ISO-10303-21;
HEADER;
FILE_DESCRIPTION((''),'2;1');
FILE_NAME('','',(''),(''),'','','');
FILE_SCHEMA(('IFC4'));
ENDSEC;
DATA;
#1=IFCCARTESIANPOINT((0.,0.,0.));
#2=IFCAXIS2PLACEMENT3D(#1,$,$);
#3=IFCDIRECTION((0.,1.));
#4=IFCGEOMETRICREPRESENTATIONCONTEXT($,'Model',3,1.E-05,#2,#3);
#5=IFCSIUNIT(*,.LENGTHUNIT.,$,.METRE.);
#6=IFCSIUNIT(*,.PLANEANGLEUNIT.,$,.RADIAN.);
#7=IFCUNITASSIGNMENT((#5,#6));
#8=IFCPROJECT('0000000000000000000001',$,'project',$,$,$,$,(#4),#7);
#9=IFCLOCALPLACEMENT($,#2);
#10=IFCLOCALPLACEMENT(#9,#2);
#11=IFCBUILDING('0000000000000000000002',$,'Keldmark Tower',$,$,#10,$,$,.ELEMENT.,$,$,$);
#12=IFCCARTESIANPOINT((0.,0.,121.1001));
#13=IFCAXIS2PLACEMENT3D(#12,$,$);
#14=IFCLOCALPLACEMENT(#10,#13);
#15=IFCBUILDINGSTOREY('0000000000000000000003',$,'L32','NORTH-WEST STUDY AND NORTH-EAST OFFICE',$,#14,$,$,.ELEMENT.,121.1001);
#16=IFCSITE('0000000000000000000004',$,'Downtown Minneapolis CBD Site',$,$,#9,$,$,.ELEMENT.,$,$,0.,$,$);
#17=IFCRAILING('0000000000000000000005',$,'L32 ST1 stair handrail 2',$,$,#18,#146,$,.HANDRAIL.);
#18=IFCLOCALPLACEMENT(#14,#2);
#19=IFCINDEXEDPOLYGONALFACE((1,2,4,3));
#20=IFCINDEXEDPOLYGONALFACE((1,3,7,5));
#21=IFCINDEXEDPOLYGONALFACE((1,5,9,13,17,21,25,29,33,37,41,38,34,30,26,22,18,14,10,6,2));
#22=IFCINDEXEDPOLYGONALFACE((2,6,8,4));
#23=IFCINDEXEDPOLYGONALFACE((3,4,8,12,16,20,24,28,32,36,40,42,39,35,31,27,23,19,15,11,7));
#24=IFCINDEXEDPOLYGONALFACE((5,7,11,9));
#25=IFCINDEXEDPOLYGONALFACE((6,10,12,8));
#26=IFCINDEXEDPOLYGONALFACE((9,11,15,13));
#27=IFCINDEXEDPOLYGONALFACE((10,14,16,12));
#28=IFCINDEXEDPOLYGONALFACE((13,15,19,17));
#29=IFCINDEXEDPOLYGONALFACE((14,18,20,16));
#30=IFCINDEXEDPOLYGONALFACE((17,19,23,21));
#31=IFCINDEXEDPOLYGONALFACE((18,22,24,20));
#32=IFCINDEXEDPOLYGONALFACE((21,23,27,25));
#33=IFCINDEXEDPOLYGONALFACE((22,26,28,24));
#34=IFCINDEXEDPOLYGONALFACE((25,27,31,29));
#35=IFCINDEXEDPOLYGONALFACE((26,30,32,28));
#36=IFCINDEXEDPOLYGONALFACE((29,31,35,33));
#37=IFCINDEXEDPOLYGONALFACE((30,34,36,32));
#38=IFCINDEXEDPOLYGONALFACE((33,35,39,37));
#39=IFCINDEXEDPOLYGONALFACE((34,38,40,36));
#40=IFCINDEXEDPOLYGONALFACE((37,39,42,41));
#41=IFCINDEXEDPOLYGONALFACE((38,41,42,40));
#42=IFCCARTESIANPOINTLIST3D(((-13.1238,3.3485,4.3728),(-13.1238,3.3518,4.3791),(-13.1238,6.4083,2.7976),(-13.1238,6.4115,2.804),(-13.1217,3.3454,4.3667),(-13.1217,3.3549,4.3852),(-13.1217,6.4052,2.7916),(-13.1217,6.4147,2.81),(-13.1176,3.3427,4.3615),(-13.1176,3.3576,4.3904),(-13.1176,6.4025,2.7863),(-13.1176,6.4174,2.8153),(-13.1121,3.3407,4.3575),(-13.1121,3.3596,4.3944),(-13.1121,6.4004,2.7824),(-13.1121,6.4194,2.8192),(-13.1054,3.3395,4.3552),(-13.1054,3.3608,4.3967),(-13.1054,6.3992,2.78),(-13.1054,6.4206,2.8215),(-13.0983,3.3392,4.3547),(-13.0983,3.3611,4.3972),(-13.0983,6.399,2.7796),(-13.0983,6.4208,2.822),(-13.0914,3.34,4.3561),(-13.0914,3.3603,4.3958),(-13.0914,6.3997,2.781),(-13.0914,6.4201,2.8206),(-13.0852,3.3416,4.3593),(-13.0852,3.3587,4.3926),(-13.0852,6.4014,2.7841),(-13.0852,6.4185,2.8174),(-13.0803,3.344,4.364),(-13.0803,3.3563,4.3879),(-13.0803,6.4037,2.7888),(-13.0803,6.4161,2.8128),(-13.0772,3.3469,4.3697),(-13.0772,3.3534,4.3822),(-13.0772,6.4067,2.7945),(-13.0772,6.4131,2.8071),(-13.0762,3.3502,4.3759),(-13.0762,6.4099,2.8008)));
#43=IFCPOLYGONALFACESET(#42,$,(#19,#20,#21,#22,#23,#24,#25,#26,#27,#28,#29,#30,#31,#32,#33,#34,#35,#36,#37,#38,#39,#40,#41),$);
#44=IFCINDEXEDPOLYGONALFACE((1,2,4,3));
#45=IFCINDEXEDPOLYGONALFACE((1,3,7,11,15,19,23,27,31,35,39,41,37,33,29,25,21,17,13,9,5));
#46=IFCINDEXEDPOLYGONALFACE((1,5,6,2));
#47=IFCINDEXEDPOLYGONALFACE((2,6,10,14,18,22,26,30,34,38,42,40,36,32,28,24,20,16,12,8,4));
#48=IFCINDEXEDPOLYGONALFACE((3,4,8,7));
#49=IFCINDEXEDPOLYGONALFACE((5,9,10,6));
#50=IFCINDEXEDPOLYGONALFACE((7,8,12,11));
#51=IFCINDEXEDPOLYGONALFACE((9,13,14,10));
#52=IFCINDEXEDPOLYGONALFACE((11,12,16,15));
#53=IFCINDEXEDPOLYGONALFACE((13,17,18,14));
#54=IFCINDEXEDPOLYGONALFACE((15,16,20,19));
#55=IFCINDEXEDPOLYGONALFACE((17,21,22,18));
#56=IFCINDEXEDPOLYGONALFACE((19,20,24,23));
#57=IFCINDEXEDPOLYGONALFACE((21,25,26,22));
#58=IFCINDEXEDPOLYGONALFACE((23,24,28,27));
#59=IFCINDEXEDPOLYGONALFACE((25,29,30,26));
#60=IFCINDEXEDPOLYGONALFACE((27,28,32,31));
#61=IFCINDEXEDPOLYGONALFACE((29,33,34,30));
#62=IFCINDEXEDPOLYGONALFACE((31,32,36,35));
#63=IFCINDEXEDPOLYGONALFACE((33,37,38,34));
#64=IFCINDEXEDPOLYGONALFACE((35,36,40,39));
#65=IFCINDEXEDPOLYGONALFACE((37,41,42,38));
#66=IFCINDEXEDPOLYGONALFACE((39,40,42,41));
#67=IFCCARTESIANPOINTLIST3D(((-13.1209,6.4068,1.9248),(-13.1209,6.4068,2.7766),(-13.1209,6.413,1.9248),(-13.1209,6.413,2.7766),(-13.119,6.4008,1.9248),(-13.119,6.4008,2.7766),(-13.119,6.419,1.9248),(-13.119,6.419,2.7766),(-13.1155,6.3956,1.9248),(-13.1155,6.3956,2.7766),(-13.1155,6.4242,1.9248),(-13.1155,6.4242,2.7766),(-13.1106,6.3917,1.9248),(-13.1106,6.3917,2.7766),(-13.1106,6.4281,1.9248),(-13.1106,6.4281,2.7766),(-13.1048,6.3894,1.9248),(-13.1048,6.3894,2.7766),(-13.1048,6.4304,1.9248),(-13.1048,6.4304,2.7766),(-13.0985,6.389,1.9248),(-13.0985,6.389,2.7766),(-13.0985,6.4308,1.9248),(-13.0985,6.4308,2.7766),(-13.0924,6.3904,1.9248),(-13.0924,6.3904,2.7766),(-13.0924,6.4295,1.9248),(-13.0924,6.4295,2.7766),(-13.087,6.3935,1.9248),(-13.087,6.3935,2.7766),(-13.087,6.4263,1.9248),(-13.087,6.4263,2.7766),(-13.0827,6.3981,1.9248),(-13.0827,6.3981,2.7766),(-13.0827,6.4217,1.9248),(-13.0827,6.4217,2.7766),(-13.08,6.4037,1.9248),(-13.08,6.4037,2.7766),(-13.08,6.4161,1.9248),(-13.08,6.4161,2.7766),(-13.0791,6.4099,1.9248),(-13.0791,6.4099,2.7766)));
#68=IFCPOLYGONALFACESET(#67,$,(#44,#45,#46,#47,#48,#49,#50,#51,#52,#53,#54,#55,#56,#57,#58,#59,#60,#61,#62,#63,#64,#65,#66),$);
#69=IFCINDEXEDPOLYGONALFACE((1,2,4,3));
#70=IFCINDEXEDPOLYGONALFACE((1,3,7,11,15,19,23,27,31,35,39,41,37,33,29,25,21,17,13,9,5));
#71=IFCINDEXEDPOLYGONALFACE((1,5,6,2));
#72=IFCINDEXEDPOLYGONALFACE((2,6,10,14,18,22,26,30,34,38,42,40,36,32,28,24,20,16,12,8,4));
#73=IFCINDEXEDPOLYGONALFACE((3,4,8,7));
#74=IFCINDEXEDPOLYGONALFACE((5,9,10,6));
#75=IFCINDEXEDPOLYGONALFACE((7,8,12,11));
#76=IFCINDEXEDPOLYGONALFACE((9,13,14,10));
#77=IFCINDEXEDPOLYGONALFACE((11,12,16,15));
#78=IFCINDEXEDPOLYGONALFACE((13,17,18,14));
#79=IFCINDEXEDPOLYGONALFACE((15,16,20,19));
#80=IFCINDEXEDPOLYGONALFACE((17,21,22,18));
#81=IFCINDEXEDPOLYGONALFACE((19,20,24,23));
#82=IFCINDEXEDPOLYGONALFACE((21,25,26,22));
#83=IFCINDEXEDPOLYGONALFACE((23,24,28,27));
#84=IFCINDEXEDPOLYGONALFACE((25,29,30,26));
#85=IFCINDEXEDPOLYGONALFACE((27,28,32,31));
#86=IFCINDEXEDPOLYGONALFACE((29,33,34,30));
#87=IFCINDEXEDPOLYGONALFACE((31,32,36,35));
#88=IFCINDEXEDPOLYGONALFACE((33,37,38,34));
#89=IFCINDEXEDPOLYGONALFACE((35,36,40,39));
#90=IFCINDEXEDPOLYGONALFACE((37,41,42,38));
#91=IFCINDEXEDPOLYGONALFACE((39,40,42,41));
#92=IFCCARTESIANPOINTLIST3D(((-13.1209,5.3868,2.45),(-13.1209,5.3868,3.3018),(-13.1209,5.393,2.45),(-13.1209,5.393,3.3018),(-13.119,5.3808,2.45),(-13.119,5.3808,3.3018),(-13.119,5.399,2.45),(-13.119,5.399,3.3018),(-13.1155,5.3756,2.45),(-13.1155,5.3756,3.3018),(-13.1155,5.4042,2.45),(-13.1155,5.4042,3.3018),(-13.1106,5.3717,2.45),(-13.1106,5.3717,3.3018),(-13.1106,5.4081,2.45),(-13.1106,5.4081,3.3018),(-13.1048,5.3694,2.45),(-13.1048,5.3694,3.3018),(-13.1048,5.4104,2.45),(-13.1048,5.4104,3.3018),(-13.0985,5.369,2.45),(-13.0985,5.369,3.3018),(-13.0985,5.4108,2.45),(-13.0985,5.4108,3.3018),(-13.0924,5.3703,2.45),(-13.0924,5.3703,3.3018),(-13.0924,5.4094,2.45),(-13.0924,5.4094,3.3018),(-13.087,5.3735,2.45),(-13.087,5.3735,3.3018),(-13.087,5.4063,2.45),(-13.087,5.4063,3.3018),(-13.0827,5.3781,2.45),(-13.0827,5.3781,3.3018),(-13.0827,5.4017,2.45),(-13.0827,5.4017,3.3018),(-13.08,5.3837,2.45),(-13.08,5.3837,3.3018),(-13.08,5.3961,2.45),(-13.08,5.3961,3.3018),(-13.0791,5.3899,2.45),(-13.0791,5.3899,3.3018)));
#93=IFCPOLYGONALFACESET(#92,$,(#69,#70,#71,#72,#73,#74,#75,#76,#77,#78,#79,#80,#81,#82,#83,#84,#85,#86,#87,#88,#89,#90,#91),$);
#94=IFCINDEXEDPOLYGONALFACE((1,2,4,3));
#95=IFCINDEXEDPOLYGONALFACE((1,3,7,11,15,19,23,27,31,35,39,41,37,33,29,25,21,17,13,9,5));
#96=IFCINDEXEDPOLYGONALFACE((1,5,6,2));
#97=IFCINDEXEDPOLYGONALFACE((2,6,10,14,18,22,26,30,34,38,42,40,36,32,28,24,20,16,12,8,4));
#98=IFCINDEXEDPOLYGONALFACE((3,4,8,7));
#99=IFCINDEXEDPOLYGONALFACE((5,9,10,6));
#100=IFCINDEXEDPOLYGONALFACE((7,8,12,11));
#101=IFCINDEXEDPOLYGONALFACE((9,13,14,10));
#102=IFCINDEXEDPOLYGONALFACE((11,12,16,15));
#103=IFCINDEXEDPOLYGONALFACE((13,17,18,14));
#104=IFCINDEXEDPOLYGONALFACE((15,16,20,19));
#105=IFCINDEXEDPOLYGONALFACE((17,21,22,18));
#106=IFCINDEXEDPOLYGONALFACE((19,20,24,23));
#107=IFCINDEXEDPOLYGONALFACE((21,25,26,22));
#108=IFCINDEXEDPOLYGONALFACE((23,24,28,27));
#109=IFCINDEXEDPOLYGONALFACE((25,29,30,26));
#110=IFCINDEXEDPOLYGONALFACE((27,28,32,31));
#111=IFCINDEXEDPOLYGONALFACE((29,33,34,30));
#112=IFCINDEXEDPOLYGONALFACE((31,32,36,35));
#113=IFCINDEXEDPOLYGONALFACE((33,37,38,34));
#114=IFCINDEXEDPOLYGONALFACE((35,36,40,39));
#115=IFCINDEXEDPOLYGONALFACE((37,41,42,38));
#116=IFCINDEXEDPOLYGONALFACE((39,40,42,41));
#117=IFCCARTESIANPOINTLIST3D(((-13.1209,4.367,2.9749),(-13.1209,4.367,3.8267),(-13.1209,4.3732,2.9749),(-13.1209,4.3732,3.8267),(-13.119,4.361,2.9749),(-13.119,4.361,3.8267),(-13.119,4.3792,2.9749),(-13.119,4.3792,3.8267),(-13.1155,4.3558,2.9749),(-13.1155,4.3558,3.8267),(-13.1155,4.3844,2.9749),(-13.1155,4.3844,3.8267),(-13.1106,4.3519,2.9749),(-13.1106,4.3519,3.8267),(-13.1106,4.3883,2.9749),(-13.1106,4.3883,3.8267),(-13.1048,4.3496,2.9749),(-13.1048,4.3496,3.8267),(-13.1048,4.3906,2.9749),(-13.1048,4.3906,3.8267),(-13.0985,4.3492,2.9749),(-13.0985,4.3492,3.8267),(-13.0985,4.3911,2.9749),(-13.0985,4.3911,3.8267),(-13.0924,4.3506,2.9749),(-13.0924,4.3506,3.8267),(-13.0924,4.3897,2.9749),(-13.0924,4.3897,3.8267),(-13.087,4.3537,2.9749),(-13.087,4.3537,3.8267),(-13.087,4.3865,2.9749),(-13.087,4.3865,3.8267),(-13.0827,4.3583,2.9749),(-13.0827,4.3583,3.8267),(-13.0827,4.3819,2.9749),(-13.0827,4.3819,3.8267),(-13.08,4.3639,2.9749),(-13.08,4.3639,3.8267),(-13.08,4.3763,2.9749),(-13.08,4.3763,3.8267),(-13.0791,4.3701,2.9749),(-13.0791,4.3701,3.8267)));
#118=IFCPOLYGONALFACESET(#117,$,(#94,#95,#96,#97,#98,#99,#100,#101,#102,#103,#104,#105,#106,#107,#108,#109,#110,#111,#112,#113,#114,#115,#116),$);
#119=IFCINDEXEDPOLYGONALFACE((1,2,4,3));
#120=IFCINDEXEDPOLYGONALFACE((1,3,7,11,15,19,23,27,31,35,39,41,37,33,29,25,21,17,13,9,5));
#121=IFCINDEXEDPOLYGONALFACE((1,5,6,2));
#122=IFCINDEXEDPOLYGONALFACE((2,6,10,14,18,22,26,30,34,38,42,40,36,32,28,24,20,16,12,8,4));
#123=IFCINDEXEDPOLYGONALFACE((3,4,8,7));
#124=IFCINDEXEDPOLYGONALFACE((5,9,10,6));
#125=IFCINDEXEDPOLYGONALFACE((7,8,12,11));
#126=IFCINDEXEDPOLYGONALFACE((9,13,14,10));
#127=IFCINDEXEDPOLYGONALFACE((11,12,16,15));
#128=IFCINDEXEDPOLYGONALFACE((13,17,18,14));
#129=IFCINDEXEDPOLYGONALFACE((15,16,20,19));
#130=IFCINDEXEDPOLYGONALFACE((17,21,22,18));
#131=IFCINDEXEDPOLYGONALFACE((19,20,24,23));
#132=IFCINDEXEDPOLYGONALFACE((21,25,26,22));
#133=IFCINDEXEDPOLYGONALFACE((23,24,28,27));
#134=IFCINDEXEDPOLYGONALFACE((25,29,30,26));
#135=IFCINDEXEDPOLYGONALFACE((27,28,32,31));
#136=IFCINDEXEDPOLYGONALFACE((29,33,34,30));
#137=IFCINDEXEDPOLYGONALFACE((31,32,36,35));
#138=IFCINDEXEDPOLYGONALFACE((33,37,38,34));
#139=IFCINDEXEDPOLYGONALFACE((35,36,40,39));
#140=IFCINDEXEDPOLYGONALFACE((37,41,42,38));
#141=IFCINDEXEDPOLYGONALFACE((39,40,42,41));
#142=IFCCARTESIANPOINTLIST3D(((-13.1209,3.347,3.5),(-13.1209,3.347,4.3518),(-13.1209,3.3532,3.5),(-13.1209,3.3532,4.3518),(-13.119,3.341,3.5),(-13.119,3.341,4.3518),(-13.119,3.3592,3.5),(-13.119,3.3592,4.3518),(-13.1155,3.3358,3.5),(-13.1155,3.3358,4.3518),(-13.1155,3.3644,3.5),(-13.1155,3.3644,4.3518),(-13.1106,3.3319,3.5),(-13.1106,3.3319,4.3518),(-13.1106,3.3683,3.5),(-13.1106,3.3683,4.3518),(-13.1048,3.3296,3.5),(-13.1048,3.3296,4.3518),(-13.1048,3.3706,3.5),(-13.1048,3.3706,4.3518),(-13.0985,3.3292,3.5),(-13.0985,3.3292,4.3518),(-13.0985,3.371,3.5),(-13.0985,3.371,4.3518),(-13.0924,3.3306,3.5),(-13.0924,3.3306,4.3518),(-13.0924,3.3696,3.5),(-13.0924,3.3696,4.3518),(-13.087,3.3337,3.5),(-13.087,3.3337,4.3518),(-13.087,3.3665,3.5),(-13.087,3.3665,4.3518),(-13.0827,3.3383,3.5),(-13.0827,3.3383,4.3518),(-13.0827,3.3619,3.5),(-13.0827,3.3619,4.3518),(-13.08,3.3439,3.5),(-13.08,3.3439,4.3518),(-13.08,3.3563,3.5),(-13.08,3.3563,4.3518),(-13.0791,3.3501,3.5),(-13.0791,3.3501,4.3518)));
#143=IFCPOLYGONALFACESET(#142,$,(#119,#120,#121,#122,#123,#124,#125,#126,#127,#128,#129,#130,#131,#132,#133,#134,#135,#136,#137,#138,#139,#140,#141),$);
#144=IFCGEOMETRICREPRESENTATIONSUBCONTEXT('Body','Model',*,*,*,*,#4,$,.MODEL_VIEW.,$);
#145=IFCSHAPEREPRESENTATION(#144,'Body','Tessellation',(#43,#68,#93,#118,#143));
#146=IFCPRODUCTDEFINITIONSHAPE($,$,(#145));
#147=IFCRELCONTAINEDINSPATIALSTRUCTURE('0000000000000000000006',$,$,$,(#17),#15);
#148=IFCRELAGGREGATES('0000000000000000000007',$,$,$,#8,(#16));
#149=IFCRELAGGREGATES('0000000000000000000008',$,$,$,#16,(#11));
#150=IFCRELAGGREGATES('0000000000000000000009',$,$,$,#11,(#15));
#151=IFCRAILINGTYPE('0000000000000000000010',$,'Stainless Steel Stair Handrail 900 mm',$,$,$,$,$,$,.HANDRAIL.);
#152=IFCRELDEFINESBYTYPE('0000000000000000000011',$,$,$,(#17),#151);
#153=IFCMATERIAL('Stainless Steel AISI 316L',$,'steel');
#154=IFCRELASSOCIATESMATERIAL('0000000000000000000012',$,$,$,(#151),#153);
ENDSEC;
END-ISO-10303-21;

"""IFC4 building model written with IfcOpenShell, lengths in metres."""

from ifc_helpers import new_model, si_unit, direction, frame, origin, origin_2d, place, context, subcontext, project, spatial, circle, extrude, material, type_object, element, save


model = new_model("IFC4")

# Units and contexts
model_context = context("Model", 3, precision=1e-05, world=origin(), true_north=direction((0.0, 1.0)))
body_context = subcontext(model_context, "Body", "Model", "MODEL_VIEW")
ifc_project = project(units=[si_unit("LENGTHUNIT", "METRE"), si_unit("PLANEANGLEUNIT", "RADIAN")], contexts=[model_context])

# Site, building, storey
site_placement = place(None, origin())
site = spatial("IfcSite", under=ifc_project, at=site_placement, Name="Downtown Minneapolis CBD Site", CompositionType="ELEMENT", RefElevation=0.0)
building_placement = place(site_placement, origin())
building = spatial("IfcBuilding", under=site, at=building_placement, Name="Keldmark Tower", CompositionType="ELEMENT")
storey_placement = place(building_placement, frame((0.0, 0.0, 121.1001)))
storey = spatial("IfcBuildingStorey", under=building, at=storey_placement, Name="L32", Description="NORTH-WEST STUDY AND NORTH-EAST OFFICE", CompositionType="ELEMENT", Elevation=121.1001)

# Railing
ifc_material_1 = material(Name="Stainless Steel AISI 316L", Category="steel")
railing_type_1 = type_object("IfcRailingType", Name="Stainless Steel Stair Handrail 900 mm", PredefinedType="HANDRAIL", material=ifc_material_1)
railing_1_placement = place(storey_placement, frame((-13.1001, 6.4099, 1.9248)))
element("IfcRailing", 1, at=railing_1_placement, inside=storey, type_object=railing_type_1, Name="L32 ST1 stair handrail 2", PredefinedType="HANDRAIL", context=body_context, shape_type="SweptSolid", body=[
    extrude(circle(Radius=0.0239, at=origin_2d()), frame((0.0, 0.0, 0.876), z_axis=(0.0, -0.889101, 0.45771), x_axis=(1.0, 0.0, 0.0)), (0.0, 0.0, 1.0), 3.4414),
    extrude(circle(Radius=0.021, at=origin_2d()), origin(), (0.0, 0.0, 1.0), 0.8518),
    extrude(circle(Radius=0.021, at=origin_2d()), frame((0.0, -1.02, 0.5251)), (0.0, 0.0, 1.0), 0.8518),
    extrude(circle(Radius=0.021, at=origin_2d()), frame((0.0, -2.0398, 1.05)), (0.0, 0.0, 1.0), 0.8518),
    extrude(circle(Radius=0.021, at=origin_2d()), frame((0.0, -3.0598, 1.5752)), (0.0, 0.0, 1.0), 0.8518),
])

save(model, "model.ifc")
